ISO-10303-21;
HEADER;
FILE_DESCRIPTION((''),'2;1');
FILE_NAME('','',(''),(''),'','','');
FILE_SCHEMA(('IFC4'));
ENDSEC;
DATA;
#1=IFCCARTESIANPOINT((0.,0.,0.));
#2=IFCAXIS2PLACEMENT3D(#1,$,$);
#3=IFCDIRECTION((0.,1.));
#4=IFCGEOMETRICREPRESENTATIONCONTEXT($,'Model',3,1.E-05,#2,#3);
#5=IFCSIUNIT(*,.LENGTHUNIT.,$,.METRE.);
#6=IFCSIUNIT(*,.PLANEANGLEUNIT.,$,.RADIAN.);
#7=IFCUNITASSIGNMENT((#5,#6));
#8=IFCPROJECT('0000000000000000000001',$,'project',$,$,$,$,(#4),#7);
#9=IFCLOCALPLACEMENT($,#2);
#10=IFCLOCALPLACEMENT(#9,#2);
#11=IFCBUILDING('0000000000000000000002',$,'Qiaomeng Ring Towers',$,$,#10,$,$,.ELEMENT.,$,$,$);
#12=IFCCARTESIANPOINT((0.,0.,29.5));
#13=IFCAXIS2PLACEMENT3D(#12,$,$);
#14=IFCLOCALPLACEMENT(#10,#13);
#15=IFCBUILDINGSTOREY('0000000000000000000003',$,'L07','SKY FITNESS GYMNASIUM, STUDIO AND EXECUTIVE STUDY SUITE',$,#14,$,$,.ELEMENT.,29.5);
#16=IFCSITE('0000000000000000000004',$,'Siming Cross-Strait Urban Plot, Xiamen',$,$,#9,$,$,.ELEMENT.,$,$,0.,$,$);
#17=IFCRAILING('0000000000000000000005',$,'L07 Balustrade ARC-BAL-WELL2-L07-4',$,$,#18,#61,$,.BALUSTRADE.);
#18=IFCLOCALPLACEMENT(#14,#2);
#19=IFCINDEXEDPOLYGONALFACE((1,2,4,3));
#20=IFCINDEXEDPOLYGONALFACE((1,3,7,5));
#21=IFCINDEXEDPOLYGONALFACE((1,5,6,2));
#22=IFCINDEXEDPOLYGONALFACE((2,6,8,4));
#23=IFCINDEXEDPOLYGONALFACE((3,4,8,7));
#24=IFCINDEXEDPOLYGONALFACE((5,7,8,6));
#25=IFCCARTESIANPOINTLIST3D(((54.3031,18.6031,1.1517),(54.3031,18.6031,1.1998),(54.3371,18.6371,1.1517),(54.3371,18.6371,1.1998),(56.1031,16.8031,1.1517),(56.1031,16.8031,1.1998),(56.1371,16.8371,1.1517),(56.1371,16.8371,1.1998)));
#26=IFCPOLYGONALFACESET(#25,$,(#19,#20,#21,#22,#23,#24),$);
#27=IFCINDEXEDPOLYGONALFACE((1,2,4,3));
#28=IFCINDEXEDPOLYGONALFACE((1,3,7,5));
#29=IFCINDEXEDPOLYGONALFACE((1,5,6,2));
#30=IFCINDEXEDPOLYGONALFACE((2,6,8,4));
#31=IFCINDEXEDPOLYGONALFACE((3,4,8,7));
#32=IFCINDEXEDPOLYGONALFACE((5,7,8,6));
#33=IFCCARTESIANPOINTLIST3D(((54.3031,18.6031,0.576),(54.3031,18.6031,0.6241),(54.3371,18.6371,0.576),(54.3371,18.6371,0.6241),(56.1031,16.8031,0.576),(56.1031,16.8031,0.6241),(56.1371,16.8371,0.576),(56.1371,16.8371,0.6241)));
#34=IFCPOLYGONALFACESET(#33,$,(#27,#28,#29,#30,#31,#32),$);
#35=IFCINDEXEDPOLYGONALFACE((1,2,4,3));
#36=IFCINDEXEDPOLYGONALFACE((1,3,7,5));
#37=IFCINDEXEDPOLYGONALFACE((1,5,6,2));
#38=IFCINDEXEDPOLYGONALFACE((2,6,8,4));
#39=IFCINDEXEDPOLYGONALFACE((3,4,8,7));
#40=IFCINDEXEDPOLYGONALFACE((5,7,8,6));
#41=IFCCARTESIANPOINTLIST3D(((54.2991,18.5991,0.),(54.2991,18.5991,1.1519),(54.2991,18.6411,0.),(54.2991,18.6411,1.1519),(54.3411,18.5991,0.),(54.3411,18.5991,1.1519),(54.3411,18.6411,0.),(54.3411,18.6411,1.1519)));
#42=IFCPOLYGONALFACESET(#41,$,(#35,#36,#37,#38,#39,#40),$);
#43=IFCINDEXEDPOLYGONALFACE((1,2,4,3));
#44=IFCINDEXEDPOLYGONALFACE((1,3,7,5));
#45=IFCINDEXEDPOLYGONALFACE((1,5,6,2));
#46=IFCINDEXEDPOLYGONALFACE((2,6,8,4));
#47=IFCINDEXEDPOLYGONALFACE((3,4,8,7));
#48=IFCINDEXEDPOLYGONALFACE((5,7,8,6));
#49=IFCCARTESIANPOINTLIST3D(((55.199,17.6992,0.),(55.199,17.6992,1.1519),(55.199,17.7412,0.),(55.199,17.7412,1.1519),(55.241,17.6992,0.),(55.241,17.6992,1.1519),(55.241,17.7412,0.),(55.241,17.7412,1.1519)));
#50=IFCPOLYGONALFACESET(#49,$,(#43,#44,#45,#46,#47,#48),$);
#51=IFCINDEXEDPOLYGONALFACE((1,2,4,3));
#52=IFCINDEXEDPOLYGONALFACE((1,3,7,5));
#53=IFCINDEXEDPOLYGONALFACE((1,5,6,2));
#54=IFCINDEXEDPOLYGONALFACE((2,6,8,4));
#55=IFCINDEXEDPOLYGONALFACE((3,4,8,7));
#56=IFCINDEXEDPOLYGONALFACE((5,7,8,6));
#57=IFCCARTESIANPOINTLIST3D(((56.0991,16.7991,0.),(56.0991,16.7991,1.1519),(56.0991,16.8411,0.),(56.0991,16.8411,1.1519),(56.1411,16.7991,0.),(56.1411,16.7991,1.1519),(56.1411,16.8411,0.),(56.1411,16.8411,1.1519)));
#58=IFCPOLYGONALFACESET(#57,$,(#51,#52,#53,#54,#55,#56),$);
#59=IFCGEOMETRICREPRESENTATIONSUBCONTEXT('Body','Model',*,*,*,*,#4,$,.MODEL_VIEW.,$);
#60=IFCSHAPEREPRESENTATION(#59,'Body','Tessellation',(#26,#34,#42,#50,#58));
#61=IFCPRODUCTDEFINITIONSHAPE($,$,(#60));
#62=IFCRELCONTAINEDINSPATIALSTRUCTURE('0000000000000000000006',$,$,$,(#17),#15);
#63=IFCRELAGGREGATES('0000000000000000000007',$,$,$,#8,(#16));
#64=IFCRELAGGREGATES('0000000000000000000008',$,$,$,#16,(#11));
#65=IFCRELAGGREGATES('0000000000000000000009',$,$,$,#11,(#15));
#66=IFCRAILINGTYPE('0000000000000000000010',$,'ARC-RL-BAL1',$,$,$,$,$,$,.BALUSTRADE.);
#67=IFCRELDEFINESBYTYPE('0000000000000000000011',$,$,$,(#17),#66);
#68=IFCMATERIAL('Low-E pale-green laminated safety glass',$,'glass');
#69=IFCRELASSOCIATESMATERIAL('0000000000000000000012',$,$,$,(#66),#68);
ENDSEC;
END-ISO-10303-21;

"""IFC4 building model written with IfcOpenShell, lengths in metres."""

from ifc_helpers import new_model, si_unit, direction, frame, origin, origin_2d, place, context, subcontext, project, spatial, rectangle, extrude, material, type_object, element, save


model = new_model("IFC4")

# Units and contexts
model_context = context("Model", 3, precision=1e-05, world=origin(), true_north=direction((0.0, 1.0)))
body_context = subcontext(model_context, "Body", "Model", "MODEL_VIEW")
ifc_project = project(units=[si_unit("LENGTHUNIT", "METRE"), si_unit("PLANEANGLEUNIT", "RADIAN")], contexts=[model_context])

# Site, building, storey
site_placement = place(None, origin())
site = spatial("IfcSite", under=ifc_project, at=site_placement, Name="Siming Cross-Strait Urban Plot, Xiamen", CompositionType="ELEMENT", RefElevation=0.0)
building_placement = place(site_placement, origin())
building = spatial("IfcBuilding", under=site, at=building_placement, Name="Qiaomeng Ring Towers", CompositionType="ELEMENT")
storey_placement = place(building_placement, frame((0.0, 0.0, 29.5)))
storey = spatial("IfcBuildingStorey", under=building, at=storey_placement, Name="L07", Description="SKY FITNESS GYMNASIUM, STUDIO AND EXECUTIVE STUDY SUITE", CompositionType="ELEMENT", Elevation=29.5)

# Railing
ifc_material_1 = material(Name="Low-E pale-green laminated safety glass", Category="glass")
railing_type = type_object("IfcRailingType", Name="ARC-RL-BAL1", PredefinedType="BALUSTRADE", material=ifc_material_1)
railing_placement = place(storey_placement, frame((54.3201, 18.6201, 0.0)))
element("IfcRailing", 1, at=railing_placement, inside=storey, type_object=railing_type, Name="L07 Balustrade ARC-BAL-WELL2-L07-4", PredefinedType="BALUSTRADE", context=body_context, shape_type="SweptSolid", body=[
    extrude(rectangle(XDim=0.0481, YDim=0.0481, at=origin_2d()), frame((0.0, 0.0, 1.1758), z_axis=(0.707107, -0.707107, 0.0), x_axis=(0.707107, 0.707107, 0.0)), (0.0, 0.0, 1.0), 2.5457),
    extrude(rectangle(XDim=0.0481, YDim=0.0481, at=origin_2d()), frame((0.0, 0.0, 0.6001), z_axis=(0.707107, -0.707107, 0.0), x_axis=(0.707107, 0.707107, 0.0)), (0.0, 0.0, 1.0), 2.5457),
    extrude(rectangle(XDim=0.042, YDim=0.042, at=origin_2d()), origin(), (0.0, 0.0, 1.0), 1.1519),
    extrude(rectangle(XDim=0.042, YDim=0.042, at=origin_2d()), frame((0.8999, -0.8999, 0.0)), (0.0, 0.0, 1.0), 1.1519),
    extrude(rectangle(XDim=0.042, YDim=0.042, at=origin_2d()), frame((1.8, -1.8, 0.0)), (0.0, 0.0, 1.0), 1.1519),
])

save(model, "model.ifc")
